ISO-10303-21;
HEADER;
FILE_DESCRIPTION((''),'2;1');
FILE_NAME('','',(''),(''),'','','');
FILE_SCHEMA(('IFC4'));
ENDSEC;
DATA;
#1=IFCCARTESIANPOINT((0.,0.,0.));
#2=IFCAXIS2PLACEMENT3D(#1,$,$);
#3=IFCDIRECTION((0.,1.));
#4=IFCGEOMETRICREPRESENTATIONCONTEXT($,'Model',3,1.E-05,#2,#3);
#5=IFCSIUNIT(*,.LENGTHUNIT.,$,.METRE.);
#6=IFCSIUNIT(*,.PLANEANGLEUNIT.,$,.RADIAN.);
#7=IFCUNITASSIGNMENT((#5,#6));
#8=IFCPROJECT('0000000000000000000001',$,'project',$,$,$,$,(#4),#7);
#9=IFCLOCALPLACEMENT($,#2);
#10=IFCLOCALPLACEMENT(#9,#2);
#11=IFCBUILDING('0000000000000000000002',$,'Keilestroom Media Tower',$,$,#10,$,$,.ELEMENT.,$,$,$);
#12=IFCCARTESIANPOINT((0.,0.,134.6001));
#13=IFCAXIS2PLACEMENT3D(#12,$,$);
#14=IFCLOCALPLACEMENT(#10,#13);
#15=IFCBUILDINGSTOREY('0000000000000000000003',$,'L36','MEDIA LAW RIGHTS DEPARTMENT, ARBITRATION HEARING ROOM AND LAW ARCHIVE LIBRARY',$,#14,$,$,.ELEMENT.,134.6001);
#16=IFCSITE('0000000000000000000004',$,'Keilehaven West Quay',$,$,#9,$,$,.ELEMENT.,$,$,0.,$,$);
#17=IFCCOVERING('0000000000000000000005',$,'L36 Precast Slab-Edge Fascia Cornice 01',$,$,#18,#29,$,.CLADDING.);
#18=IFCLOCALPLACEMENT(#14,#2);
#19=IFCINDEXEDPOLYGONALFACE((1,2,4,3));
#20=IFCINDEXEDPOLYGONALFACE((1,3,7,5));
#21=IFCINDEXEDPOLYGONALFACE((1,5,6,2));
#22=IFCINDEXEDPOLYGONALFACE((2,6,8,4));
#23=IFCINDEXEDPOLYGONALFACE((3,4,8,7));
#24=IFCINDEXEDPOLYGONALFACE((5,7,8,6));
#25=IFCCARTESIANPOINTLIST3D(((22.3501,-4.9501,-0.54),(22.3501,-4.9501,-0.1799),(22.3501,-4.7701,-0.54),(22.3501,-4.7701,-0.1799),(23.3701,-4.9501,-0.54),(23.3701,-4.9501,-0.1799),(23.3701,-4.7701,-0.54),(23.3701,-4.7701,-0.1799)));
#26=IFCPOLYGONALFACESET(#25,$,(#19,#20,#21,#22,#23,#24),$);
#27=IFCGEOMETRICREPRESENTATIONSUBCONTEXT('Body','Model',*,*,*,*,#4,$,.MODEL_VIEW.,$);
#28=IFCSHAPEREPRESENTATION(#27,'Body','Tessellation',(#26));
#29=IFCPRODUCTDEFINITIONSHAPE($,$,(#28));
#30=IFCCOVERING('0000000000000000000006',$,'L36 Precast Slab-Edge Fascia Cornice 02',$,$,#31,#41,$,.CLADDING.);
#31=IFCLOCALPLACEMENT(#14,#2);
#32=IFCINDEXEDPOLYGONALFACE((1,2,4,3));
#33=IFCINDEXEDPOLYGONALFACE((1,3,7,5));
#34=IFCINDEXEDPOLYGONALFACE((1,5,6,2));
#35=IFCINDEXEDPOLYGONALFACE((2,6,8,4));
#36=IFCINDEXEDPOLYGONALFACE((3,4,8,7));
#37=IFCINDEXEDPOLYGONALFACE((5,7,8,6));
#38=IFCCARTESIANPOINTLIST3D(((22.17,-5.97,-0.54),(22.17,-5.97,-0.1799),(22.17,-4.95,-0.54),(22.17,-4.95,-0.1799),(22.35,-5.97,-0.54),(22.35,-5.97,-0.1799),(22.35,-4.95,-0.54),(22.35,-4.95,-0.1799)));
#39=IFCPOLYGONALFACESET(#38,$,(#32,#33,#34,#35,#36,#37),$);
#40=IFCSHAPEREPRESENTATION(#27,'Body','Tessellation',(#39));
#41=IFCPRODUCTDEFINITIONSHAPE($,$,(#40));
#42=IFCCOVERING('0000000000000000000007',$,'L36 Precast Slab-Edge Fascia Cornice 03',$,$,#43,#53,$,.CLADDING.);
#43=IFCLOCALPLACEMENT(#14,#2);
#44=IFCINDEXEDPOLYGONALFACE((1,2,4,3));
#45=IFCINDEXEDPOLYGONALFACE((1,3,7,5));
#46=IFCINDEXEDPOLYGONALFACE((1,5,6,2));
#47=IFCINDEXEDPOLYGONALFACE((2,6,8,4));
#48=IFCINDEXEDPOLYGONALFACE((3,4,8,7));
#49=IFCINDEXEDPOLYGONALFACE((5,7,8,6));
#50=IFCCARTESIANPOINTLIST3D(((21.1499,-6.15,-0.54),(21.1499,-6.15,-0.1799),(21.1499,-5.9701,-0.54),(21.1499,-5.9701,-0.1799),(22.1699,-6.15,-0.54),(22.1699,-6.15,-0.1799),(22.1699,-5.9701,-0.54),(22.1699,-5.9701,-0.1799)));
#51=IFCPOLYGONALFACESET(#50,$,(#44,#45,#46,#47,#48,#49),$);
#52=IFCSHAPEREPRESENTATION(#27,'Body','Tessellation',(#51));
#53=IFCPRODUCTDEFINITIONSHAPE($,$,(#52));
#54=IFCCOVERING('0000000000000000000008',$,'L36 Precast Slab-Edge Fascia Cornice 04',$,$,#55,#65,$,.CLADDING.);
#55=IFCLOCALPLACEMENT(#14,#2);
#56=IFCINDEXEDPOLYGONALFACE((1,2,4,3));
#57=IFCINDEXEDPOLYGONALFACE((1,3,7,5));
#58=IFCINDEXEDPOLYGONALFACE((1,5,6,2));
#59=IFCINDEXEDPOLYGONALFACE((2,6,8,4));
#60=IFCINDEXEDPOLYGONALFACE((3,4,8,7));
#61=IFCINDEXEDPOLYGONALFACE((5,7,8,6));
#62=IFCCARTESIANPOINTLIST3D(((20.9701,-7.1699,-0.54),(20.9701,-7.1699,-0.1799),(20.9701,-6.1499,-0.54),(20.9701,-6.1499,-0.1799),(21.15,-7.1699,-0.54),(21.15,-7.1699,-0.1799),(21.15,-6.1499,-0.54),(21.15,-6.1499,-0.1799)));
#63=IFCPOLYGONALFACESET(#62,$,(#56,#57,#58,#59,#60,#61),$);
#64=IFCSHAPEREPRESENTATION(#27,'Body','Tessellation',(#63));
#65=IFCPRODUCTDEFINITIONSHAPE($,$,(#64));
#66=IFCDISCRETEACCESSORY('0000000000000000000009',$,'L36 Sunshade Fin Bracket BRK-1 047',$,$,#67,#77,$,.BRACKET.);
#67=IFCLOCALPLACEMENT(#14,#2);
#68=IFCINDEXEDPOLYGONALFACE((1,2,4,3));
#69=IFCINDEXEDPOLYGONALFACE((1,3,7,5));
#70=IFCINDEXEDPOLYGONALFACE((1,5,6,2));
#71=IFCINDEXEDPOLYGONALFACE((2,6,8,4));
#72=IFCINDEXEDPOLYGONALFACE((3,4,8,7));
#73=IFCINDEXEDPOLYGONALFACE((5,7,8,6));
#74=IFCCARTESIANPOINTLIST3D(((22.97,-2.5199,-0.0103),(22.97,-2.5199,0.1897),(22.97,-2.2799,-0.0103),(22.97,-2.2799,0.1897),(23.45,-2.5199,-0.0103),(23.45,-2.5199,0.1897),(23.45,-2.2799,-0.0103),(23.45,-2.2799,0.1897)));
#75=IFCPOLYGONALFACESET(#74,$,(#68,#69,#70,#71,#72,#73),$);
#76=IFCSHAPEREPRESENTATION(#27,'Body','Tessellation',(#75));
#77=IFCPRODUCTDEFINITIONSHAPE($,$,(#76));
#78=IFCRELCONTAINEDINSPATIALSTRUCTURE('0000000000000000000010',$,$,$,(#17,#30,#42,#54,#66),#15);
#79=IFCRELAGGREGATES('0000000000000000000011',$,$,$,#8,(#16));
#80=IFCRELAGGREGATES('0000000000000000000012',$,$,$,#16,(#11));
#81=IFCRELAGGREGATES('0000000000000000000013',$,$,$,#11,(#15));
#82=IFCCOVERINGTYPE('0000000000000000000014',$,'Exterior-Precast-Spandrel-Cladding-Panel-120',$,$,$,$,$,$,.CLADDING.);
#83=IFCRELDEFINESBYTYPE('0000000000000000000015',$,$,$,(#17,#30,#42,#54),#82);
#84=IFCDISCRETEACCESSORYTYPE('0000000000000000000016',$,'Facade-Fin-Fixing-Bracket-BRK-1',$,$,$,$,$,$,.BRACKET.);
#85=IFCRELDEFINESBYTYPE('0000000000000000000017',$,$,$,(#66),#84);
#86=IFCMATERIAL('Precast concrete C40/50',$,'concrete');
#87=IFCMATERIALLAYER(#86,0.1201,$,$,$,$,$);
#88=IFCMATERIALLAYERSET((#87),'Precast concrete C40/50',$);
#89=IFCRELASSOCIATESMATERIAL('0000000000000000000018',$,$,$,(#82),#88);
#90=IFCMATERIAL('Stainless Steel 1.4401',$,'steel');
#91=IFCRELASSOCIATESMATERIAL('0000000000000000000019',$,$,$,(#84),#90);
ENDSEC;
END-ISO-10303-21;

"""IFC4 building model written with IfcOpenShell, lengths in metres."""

from ifc_helpers import new_model, si_unit, direction, frame, origin, origin_2d, place, context, subcontext, project, spatial, rectangle, extrude, source, transform, mapped, material, layer, layer_set, type_object, element, save


model = new_model("IFC4")

# Units and contexts
model_context = context("Model", 3, precision=1e-05, world=origin(), true_north=direction((0.0, 1.0)))
body_context = subcontext(model_context, "Body", "Model", "MODEL_VIEW")
ifc_project = project(units=[si_unit("LENGTHUNIT", "METRE"), si_unit("PLANEANGLEUNIT", "RADIAN")], contexts=[model_context])

# Site, building, storey
site_placement = place(None, origin())
site = spatial("IfcSite", under=ifc_project, at=site_placement, Name="Keilehaven West Quay", CompositionType="ELEMENT", RefElevation=0.0)
building_placement = place(site_placement, origin())
building = spatial("IfcBuilding", under=site, at=building_placement, Name="Keilestroom Media Tower", CompositionType="ELEMENT")
storey_placement = place(building_placement, frame((0.0, 0.0, 134.6001)))
storey = spatial("IfcBuildingStorey", under=building, at=storey_placement, Name="L36", Description="MEDIA LAW RIGHTS DEPARTMENT, ARBITRATION HEARING ROOM AND LAW ARCHIVE LIBRARY", CompositionType="ELEMENT", Elevation=134.6001)

# Shared definitions
ifc_material_1 = material(Name="Precast concrete C40/50", Category="concrete")

# Coverings
ifc_layer_1 = layer(ifc_material_1, 0.1201)
ifc_layer_set_1 = layer_set([ifc_layer_1], Name="Precast concrete C40/50")
covering_type = type_object("IfcCoveringType", Name="Exterior-Precast-Spandrel-Cladding-Panel-120", PredefinedType="CLADDING", material=ifc_layer_set_1)
shared_shape_1 = source(origin(), body_context, "Body", "SweptSolid", [
    extrude(rectangle(XDim=1.02, YDim=0.1799, at=origin_2d()), origin(), (0.0, 0.0, 1.0), 0.3601),
])
for number, where, z_axis, x_axis, name in (
    (1, (22.8601, -4.8601, -0.54), (0.0, 0.0, 1.0), (-1.0, 0.0, 0.0), "L36 Precast Slab-Edge Fascia Cornice 01"),
    (2, (22.26, -5.46, -0.54), (0.0, 0.0, 1.0), (0.0, -1.0, 0.0), "L36 Precast Slab-Edge Fascia Cornice 02"),
    (3, (21.6599, -6.0601, -0.54), (0.0, 0.0, 1.0), (-1.0, 0.0, 0.0), "L36 Precast Slab-Edge Fascia Cornice 03"),
    (4, (21.0601, -6.6599, -0.54), (0.0, 0.0, 1.0), (0.0, -1.0, 0.0), "L36 Precast Slab-Edge Fascia Cornice 04"),
):
    element("IfcCovering", number, at=place(storey_placement, frame(where, z_axis=z_axis, x_axis=x_axis)), inside=storey, type_object=covering_type, Name=name, PredefinedType="CLADDING", context=body_context, shape_type="MappedRepresentation", body=[
        mapped(shared_shape_1, transform((0.0, 0.0, 0.0), x_axis=(1.0, 0.0, 0.0), y_axis=(0.0, 1.0, 0.0), z_axis=(0.0, 0.0, 1.0), scale=1.0)),
    ])

# Discrete accessory
ifc_material_2 = material(Name="Stainless Steel 1.4401", Category="steel")
discrete_accessory_type = type_object("IfcDiscreteAccessoryType", Name="Facade-Fin-Fixing-Bracket-BRK-1", PredefinedType="BRACKET", material=ifc_material_2)
shared_shape_2 = source(origin(), body_context, "Body", "SweptSolid", [
    extrude(rectangle(XDim=0.48, YDim=0.24, at=origin_2d()), origin(), (0.0, 0.0, 1.0), 0.2),
])
discrete_accessory_placement = place(storey_placement, frame((23.21, -2.3999, -0.0103), z_axis=(0.0, 0.0, 1.0), x_axis=(1.0, 0.0, 0.0)))
element("IfcDiscreteAccessory", 5, at=discrete_accessory_placement, inside=storey, type_object=discrete_accessory_type, Name="L36 Sunshade Fin Bracket BRK-1 047", PredefinedType="BRACKET", context=body_context, shape_type="MappedRepresentation", body=[
    mapped(shared_shape_2, transform((0.0, 0.0, 0.0), x_axis=(1.0, 0.0, 0.0), y_axis=(0.0, 1.0, 0.0), z_axis=(0.0, 0.0, 1.0), scale=1.0)),
])

save(model, "model.ifc")
